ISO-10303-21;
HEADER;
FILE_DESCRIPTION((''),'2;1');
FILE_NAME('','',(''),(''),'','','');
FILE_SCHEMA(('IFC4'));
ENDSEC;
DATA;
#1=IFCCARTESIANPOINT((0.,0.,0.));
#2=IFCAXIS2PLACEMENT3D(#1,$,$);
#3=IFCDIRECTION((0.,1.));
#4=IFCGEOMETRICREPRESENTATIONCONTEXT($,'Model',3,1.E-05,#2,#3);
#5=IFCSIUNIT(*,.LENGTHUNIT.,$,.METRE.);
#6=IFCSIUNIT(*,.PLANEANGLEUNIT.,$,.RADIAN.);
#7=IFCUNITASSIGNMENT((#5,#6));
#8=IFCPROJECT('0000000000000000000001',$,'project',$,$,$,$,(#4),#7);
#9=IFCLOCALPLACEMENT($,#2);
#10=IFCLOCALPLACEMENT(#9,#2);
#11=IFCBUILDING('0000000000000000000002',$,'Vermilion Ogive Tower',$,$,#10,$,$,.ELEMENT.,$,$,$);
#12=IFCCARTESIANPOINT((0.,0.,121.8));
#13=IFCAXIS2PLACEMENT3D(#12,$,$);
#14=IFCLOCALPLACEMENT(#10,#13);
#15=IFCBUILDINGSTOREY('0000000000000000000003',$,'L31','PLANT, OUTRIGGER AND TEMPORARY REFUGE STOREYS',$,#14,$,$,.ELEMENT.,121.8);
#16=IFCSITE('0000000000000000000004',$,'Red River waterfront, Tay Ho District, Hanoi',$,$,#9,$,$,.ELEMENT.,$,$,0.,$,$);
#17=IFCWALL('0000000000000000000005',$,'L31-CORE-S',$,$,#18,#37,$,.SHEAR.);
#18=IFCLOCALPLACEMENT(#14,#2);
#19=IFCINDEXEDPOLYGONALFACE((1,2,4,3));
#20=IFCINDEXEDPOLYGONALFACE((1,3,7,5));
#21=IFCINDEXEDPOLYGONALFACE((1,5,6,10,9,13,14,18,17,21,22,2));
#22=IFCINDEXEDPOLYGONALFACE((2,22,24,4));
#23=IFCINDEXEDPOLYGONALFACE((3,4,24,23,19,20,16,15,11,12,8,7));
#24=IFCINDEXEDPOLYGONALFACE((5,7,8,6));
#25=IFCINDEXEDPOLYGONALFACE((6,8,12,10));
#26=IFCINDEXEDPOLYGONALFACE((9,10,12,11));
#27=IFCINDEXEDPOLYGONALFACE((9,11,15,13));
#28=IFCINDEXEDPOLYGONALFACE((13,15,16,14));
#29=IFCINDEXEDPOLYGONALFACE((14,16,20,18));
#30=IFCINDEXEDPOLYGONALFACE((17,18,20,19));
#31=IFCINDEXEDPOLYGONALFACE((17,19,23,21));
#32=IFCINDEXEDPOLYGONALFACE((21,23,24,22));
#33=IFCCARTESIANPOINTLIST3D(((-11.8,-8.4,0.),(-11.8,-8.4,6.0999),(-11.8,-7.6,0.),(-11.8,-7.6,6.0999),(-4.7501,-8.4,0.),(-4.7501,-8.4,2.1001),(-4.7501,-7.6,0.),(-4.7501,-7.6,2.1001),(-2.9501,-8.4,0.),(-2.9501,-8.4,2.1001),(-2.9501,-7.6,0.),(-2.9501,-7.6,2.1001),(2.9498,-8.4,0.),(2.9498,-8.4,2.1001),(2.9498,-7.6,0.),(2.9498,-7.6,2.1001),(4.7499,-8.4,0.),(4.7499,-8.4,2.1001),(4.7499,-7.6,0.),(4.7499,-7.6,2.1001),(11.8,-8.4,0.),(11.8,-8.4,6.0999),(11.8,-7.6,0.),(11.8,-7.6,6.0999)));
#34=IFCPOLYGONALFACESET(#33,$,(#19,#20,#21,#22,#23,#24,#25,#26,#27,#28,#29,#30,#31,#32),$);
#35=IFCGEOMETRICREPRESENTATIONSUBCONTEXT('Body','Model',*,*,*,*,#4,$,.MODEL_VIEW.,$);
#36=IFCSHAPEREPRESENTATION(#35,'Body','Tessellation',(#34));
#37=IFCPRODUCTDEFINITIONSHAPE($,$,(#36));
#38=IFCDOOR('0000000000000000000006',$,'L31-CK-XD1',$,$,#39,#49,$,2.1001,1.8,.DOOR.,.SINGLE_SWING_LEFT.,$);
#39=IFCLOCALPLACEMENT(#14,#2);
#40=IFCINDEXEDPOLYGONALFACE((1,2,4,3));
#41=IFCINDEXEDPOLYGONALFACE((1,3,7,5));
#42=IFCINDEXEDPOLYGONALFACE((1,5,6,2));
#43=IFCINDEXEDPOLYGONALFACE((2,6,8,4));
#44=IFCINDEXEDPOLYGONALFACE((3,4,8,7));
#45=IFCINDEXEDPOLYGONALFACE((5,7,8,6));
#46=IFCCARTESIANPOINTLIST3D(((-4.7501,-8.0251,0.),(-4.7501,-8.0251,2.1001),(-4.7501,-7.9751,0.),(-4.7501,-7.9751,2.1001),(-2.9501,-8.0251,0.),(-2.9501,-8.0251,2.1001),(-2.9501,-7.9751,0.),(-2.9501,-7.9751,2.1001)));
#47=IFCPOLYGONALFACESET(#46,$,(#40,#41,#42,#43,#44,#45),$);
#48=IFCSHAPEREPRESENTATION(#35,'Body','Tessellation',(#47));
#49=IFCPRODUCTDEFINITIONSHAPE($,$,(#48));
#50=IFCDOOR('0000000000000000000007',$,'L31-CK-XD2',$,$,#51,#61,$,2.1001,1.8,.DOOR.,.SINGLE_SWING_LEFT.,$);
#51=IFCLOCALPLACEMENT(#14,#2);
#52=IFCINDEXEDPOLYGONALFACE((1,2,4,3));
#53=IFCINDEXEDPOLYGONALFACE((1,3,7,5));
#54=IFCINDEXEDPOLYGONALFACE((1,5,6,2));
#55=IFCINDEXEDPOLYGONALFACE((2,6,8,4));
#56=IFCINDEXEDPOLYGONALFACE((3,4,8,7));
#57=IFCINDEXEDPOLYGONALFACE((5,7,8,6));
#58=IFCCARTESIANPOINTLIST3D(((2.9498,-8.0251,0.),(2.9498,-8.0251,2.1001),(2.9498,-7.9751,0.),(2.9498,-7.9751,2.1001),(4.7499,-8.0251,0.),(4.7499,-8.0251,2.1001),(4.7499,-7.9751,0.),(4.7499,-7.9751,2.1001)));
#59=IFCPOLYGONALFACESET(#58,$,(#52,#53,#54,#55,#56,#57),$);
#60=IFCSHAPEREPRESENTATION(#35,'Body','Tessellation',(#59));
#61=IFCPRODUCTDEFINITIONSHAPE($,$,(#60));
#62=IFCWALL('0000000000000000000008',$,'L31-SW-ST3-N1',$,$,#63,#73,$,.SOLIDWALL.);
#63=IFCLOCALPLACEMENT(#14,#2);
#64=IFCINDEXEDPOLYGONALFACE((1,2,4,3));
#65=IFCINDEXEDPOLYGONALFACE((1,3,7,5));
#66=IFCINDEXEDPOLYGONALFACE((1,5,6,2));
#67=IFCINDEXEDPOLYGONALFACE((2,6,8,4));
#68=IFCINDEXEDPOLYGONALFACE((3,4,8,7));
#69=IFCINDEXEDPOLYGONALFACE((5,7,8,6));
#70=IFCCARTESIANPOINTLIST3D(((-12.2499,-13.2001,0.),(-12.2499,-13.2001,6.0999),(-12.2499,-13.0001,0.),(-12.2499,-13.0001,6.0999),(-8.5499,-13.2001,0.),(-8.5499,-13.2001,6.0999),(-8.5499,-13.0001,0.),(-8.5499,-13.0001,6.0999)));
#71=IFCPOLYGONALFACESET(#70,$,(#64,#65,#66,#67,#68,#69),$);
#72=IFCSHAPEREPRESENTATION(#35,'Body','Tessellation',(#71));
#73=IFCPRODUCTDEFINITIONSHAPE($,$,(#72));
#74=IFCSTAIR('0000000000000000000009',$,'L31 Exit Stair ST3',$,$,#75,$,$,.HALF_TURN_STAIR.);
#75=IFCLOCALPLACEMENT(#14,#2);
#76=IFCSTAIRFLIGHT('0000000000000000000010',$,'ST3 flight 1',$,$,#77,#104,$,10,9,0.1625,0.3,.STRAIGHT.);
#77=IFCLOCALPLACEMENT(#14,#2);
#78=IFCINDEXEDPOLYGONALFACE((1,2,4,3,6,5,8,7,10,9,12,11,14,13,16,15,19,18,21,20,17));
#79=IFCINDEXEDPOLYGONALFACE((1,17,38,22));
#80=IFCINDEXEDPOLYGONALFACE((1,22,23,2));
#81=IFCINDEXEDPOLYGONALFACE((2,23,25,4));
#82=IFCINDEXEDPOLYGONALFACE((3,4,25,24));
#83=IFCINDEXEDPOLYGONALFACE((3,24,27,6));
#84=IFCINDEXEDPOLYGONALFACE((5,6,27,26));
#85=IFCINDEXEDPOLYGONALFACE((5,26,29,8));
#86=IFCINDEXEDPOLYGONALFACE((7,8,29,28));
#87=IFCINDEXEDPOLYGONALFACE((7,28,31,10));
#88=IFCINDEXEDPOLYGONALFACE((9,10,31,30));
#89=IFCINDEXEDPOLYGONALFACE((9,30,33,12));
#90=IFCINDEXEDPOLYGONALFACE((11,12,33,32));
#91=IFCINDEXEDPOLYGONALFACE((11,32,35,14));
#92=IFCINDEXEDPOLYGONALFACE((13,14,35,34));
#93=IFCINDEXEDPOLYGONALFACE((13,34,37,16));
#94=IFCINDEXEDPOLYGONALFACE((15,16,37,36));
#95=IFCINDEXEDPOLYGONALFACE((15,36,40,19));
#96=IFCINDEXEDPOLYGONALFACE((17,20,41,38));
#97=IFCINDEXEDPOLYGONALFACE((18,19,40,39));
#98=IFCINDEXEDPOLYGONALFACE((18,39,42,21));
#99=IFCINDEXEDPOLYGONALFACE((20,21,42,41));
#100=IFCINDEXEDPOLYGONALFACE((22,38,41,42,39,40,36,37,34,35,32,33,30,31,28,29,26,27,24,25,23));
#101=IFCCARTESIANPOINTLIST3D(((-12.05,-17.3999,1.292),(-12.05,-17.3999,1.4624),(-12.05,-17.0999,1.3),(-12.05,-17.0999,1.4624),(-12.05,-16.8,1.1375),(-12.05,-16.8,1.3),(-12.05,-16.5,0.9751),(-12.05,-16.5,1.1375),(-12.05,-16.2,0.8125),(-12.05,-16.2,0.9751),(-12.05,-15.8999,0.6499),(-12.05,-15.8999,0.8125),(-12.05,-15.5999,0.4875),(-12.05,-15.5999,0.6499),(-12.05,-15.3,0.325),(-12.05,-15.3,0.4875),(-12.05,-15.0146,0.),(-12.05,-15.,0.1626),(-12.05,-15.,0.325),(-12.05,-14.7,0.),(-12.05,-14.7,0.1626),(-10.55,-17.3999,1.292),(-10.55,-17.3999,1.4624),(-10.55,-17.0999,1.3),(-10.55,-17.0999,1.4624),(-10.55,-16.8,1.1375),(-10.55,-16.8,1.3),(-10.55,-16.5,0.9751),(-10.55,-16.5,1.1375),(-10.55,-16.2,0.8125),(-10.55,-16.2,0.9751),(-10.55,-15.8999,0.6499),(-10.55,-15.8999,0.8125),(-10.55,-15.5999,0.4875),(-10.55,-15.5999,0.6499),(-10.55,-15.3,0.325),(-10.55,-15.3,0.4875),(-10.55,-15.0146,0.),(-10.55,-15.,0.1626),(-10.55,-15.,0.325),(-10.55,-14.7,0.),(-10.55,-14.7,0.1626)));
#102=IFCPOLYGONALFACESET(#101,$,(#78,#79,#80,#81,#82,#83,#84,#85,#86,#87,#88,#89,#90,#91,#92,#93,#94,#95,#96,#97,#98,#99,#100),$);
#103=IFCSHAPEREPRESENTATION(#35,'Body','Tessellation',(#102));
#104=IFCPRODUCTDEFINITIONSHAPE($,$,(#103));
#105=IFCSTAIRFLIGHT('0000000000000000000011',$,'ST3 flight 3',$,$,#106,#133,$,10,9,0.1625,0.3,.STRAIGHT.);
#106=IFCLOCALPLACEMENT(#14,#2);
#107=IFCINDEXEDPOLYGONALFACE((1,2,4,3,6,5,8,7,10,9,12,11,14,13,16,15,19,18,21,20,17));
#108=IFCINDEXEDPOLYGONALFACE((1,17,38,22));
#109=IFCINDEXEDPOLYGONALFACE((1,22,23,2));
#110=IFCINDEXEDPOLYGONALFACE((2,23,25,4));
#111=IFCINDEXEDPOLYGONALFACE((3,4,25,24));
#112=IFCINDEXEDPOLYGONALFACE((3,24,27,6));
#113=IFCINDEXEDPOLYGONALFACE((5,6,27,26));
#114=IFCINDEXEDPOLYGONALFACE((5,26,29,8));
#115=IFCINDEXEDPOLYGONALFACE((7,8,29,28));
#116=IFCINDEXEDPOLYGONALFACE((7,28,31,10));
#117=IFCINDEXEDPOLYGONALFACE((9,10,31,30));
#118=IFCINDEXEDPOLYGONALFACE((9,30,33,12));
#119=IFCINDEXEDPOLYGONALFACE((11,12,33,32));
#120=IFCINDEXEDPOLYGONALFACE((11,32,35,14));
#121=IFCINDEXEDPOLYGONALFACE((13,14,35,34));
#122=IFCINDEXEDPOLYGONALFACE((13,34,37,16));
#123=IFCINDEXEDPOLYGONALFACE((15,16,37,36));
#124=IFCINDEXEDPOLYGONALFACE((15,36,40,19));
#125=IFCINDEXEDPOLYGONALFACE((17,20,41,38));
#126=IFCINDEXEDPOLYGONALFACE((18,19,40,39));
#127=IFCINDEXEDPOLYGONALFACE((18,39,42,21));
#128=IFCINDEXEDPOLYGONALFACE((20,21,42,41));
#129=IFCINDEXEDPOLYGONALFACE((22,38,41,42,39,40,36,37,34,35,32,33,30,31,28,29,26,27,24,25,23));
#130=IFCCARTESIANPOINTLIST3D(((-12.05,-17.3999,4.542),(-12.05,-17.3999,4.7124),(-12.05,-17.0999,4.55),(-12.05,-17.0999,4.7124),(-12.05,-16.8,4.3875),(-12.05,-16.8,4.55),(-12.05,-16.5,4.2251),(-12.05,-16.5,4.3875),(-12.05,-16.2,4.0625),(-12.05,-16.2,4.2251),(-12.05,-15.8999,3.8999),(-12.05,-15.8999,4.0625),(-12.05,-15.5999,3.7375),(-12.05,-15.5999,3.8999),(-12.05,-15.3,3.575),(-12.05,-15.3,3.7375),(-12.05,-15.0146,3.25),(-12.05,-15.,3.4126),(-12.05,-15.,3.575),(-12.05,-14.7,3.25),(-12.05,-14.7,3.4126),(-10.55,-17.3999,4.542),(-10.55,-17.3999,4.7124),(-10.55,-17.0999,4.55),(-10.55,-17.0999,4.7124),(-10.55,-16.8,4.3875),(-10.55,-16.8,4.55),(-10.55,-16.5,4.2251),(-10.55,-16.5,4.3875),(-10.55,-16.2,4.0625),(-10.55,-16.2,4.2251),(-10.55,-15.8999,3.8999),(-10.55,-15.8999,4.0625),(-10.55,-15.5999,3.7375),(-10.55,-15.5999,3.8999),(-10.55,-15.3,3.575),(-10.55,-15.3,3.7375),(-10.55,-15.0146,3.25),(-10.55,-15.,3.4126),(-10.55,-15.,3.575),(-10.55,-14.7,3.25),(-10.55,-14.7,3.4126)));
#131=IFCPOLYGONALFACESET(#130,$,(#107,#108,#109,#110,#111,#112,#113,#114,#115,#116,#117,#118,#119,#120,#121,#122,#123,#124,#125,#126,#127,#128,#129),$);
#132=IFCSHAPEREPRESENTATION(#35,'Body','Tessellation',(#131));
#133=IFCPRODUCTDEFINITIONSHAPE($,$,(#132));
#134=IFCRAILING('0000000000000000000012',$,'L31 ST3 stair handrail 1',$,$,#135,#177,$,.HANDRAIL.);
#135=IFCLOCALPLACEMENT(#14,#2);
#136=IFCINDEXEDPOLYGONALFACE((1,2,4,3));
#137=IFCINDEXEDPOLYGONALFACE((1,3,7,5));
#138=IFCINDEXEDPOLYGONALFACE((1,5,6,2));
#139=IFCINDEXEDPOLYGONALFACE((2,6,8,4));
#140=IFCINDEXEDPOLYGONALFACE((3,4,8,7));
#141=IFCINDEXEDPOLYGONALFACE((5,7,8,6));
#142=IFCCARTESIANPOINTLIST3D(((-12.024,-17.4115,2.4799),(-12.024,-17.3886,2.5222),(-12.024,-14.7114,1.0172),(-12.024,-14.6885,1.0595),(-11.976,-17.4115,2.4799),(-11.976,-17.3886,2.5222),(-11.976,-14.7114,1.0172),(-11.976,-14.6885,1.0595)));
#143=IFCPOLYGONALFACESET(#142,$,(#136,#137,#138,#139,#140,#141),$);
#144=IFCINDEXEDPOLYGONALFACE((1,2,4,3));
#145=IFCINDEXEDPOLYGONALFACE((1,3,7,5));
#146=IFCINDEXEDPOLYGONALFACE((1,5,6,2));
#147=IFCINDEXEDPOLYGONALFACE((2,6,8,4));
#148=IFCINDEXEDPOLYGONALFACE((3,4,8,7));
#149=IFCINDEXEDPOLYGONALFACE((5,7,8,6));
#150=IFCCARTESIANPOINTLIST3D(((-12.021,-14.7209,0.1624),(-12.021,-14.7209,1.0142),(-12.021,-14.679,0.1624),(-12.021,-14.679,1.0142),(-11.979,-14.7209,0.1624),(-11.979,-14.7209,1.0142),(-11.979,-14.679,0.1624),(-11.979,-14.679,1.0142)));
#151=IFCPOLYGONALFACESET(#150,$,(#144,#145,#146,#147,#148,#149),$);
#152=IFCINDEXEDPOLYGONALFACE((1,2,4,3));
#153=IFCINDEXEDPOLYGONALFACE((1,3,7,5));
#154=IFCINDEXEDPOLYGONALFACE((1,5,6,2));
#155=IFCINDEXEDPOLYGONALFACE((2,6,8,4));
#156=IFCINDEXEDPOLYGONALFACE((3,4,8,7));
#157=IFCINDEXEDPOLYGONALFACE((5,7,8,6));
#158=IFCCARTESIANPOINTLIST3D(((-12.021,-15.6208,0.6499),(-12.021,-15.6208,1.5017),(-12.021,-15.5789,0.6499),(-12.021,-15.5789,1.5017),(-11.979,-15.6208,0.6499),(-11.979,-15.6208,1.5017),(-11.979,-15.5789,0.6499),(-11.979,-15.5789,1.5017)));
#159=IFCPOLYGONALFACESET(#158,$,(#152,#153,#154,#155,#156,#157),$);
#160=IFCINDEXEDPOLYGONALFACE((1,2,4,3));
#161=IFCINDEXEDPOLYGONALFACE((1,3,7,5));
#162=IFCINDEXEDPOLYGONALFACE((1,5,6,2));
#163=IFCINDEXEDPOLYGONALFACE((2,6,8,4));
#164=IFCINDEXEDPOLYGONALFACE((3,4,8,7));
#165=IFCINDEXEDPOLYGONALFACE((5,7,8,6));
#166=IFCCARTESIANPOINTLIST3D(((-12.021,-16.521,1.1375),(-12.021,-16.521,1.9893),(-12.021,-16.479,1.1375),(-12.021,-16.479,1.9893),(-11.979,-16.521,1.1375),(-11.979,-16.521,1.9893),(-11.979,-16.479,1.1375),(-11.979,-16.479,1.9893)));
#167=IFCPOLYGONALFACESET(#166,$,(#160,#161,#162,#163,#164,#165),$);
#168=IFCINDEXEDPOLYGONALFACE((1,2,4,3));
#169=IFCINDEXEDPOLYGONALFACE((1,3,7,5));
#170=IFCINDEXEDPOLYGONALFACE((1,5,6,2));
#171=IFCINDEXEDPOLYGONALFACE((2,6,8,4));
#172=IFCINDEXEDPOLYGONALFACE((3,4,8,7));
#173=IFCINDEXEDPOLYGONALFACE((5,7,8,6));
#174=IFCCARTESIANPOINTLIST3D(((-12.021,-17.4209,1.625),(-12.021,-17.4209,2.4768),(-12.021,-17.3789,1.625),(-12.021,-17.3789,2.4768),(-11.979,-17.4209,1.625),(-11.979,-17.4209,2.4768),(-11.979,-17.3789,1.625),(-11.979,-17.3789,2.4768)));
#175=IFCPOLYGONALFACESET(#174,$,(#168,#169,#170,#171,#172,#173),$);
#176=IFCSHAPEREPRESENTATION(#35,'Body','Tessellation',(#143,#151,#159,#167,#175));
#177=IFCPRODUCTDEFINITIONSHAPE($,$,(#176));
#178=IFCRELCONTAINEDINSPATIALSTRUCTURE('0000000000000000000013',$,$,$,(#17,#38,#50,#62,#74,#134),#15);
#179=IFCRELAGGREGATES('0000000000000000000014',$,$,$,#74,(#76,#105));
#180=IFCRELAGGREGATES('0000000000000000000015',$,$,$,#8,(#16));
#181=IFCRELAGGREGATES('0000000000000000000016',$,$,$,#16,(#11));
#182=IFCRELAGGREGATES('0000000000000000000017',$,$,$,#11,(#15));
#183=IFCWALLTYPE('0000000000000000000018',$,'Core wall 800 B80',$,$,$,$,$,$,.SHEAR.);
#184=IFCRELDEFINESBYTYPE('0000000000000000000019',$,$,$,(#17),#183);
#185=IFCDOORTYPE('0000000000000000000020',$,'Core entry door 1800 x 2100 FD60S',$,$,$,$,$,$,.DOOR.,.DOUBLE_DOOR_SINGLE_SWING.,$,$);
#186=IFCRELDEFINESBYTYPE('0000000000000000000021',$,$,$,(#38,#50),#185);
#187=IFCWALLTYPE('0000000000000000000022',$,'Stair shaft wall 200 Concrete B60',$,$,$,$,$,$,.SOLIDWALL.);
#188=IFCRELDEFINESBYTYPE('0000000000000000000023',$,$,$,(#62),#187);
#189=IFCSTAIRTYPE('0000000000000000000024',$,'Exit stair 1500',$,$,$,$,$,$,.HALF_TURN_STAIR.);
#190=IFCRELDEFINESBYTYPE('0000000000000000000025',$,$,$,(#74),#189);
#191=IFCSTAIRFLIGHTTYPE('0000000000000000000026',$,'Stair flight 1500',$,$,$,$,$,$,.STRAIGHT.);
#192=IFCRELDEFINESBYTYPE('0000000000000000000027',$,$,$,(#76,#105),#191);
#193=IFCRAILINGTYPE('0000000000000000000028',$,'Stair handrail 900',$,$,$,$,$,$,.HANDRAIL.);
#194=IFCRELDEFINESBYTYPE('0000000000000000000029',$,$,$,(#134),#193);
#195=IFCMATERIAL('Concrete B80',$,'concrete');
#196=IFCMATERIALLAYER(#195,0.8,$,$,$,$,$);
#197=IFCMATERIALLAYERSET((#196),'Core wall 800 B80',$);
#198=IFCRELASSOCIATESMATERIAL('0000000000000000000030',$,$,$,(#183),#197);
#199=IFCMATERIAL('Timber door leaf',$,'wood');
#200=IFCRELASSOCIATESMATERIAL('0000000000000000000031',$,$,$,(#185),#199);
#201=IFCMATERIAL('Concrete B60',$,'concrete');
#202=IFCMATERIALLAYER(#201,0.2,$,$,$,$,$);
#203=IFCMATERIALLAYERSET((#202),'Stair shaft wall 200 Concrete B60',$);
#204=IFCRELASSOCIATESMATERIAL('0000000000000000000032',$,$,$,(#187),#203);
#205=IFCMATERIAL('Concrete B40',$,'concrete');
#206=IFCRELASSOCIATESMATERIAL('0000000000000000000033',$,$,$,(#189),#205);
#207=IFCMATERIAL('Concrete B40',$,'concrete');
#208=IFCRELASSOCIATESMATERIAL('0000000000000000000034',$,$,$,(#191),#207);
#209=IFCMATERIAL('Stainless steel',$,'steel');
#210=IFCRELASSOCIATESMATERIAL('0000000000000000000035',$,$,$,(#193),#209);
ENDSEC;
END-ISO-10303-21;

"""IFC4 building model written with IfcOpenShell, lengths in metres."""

from ifc_helpers import new_model, si_unit, direction, frame, frame_2d, origin, origin_2d, place, context, subcontext, project, spatial, polyline, rectangle, outline, extrude, material, layer, layer_set, type_object, element, fill, aggregate, save


model = new_model("IFC4")

# Units and contexts
model_context = context("Model", 3, precision=1e-05, world=origin(), true_north=direction((0.0, 1.0)))
body_context = subcontext(model_context, "Body", "Model", "MODEL_VIEW")
ifc_project = project(units=[si_unit("LENGTHUNIT", "METRE"), si_unit("PLANEANGLEUNIT", "RADIAN")], contexts=[model_context])

# Site, building, storey
site_placement = place(None, origin())
site = spatial("IfcSite", under=ifc_project, at=site_placement, Name="Red River waterfront, Tay Ho District, Hanoi", CompositionType="ELEMENT", RefElevation=0.0)
building_placement = place(site_placement, origin())
building = spatial("IfcBuilding", under=site, at=building_placement, Name="Vermilion Ogive Tower", CompositionType="ELEMENT")
storey_placement = place(building_placement, frame((0.0, 0.0, 121.8)))
storey = spatial("IfcBuildingStorey", under=building, at=storey_placement, Name="L31", Description="PLANT, OUTRIGGER AND TEMPORARY REFUGE STOREYS", CompositionType="ELEMENT", Elevation=121.8)

# Wall, openings, doors
ifc_material_1 = material(Name="Concrete B80", Category="concrete")
ifc_layer_1 = layer(ifc_material_1, 0.8)
ifc_layer_set_1 = layer_set([ifc_layer_1], Name="Core wall 800 B80")
wall_type_1 = type_object("IfcWallType", Name="Core wall 800 B80", PredefinedType="SHEAR", material=ifc_layer_set_1)
wall_1_placement = place(storey_placement, frame((-11.8, -8.0, 0.0), z_axis=(0.0, 0.0, 1.0), x_axis=(1.0, 0.0, 0.0)))
wall_1 = element("IfcWall", 1, at=wall_1_placement, inside=storey, type_object=wall_type_1, Name="L31-CORE-S", PredefinedType="SHEAR", context=body_context, shape_type="SweptSolid", body=[
    extrude(rectangle(XDim=23.6001, YDim=0.8, at=frame_2d((11.8, 0.0))), origin(), (0.0, 0.0, 1.0), 6.0999),
])
opening_1_placement = place(wall_1_placement, frame((7.05, 0.0, 0.0)))
opening_1 = element("IfcOpeningElement", 2, at=opening_1_placement, cuts=wall_1, PredefinedType="OPENING", context=body_context, shape_type="SweptSolid", body=[
    extrude(rectangle(XDim=1.8, YDim=2.1001, at=frame_2d((0.8999, 1.05))), frame((0.0, 0.4099, 0.0), z_axis=(0.0, -1.0, 0.0), x_axis=(1.0, 0.0, 0.0)), (0.0, 0.0, 1.0), 0.8201),
])
opening_2_placement = place(wall_1_placement, frame((14.75, 0.0, 0.0)))
opening_2 = element("IfcOpeningElement", 3, at=opening_2_placement, cuts=wall_1, PredefinedType="OPENING", context=body_context, shape_type="SweptSolid", body=[
    extrude(rectangle(XDim=1.8, YDim=2.1001, at=frame_2d((0.8999, 1.05))), frame((0.0, 0.4099, 0.0), z_axis=(0.0, -1.0, 0.0), x_axis=(1.0, 0.0, 0.0)), (0.0, 0.0, 1.0), 0.8201),
])
ifc_material_2 = material(Name="Timber door leaf", Category="wood")
door_type_1 = type_object("IfcDoorType", Name="Core entry door 1800 x 2100 FD60S", OperationType="DOUBLE_DOOR_SINGLE_SWING", PredefinedType="DOOR", material=ifc_material_2)
door_1_placement = place(opening_1_placement, origin())
door_1 = element("IfcDoor", 4, at=door_1_placement, inside=storey, type_object=door_type_1, Name="L31-CK-XD1", OperationType="SINGLE_SWING_LEFT", OverallHeight=2.1001, OverallWidth=1.8, PredefinedType="DOOR", context=body_context, shape_type="SweptSolid", body=[
    extrude(rectangle(XDim=1.8, YDim=2.1001, at=frame_2d((0.8999, 1.05))), frame((0.0, 0.0249, 0.0), z_axis=(0.0, -1.0, 0.0), x_axis=(1.0, 0.0, 0.0)), (0.0, 0.0, 1.0), 0.05),
])
fill(opening_1, door_1)
door_2_placement = place(opening_2_placement, origin())
door_2 = element("IfcDoor", 5, at=door_2_placement, inside=storey, type_object=door_type_1, Name="L31-CK-XD2", OperationType="SINGLE_SWING_LEFT", OverallHeight=2.1001, OverallWidth=1.8, PredefinedType="DOOR", context=body_context, shape_type="SweptSolid", body=[
    extrude(rectangle(XDim=1.8, YDim=2.1001, at=frame_2d((0.8999, 1.05))), frame((0.0, 0.0249, 0.0), z_axis=(0.0, -1.0, 0.0), x_axis=(1.0, 0.0, 0.0)), (0.0, 0.0, 1.0), 0.05),
])
fill(opening_2, door_2)

# Wall
ifc_material_3 = material(Name="Concrete B60", Category="concrete")
ifc_layer_2 = layer(ifc_material_3, 0.2)
ifc_layer_set_2 = layer_set([ifc_layer_2], Name="Stair shaft wall 200 Concrete B60")
wall_type_2 = type_object("IfcWallType", Name="Stair shaft wall 200 Concrete B60", PredefinedType="SOLIDWALL", material=ifc_layer_set_2)
wall_2_placement = place(storey_placement, frame((-12.25, -13.1001, 0.0), z_axis=(0.0, 0.0, 1.0), x_axis=(1.0, 0.0, 0.0)))
element("IfcWall", 6, at=wall_2_placement, inside=storey, type_object=wall_type_2, Name="L31-SW-ST3-N1", PredefinedType="SOLIDWALL", context=body_context, shape_type="SweptSolid", body=[
    extrude(rectangle(XDim=3.7, YDim=0.2, at=frame_2d((1.8501, 0.0))), origin(), (0.0, 0.0, 1.0), 6.0999),
])

# Stair, stair flights
ifc_material_4 = material(Name="Concrete B40", Category="concrete")
stair_type = type_object("IfcStairType", Name="Exit stair 1500", PredefinedType="HALF_TURN_STAIR", material=ifc_material_4)
stair_placement = place(storey_placement, origin())
stair = element("IfcStair", 7, at=stair_placement, inside=storey, type_object=stair_type, Name="L31 Exit Stair ST3", PredefinedType="HALF_TURN_STAIR")
ifc_material_5 = material(Name="Concrete B40", Category="concrete")
stair_flight_type = type_object("IfcStairFlightType", Name="Stair flight 1500", PredefinedType="STRAIGHT", material=ifc_material_5)
stair_flight_1_placement = place(storey_placement, frame((-11.3, -14.7, 0.0), z_axis=(0.0, 0.0, 1.0), x_axis=(0.0, -1.0, 0.0)))
stair_flight_1 = element("IfcStairFlight", 8, at=stair_flight_1_placement, type_object=stair_flight_type, Name="ST3 flight 1", NumberOfRisers=10, NumberOfTreads=9, PredefinedType="STRAIGHT", RiserHeight=0.1625, TreadLength=0.3, context=body_context, shape_type="SweptSolid", body=[
    extrude(outline(polyline([(0.0, 0.0), (0.0, 0.1626), (0.3, 0.1626), (0.3, 0.325), (0.6001, 0.325), (0.6001, 0.4875), (0.8999, 0.4875), (0.8999, 0.6499), (1.2, 0.6499), (1.2, 0.8125), (1.5, 0.8125), (1.5, 0.9751), (1.8, 0.9751), (1.8, 1.1375), (2.1001, 1.1375), (2.1001, 1.3), (2.3999, 1.3), (2.3999, 1.4624), (2.7, 1.4624), (2.7, 1.625), (2.7, 1.292), (0.3147, 0.0), (0.0, 0.0)])), frame((0.0, 0.75, 0.0), z_axis=(0.0, -1.0, 0.0), x_axis=(1.0, 0.0, 0.0)), (0.0, 0.0, 1.0), 1.5),
])
stair_flight_2_placement = place(storey_placement, frame((-11.3, -14.7, 3.25), z_axis=(0.0, 0.0, 1.0), x_axis=(0.0, -1.0, 0.0)))
stair_flight_2 = element("IfcStairFlight", 9, at=stair_flight_2_placement, type_object=stair_flight_type, Name="ST3 flight 3", NumberOfRisers=10, NumberOfTreads=9, PredefinedType="STRAIGHT", RiserHeight=0.1625, TreadLength=0.3, context=body_context, shape_type="SweptSolid", body=[
    extrude(outline(polyline([(0.0, 0.0), (0.0, 0.1626), (0.3, 0.1626), (0.3, 0.325), (0.6001, 0.325), (0.6001, 0.4875), (0.8999, 0.4875), (0.8999, 0.6499), (1.2, 0.6499), (1.2, 0.8125), (1.5, 0.8125), (1.5, 0.9751), (1.8, 0.9751), (1.8, 1.1375), (2.1001, 1.1375), (2.1001, 1.3), (2.3999, 1.3), (2.3999, 1.4624), (2.7, 1.4624), (2.7, 1.625), (2.7, 1.292), (0.3147, 0.0), (0.0, 0.0)])), frame((0.0, 0.75, 0.0), z_axis=(0.0, -1.0, 0.0), x_axis=(1.0, 0.0, 0.0)), (0.0, 0.0, 1.0), 1.5),
])
aggregate(stair, [stair_flight_1, stair_flight_2])

# Railing
ifc_material_6 = material(Name="Stainless steel", Category="steel")
railing_type_1 = type_object("IfcRailingType", Name="Stair handrail 900", PredefinedType="HANDRAIL", material=ifc_material_6)
for number, where, name in (
    (10, (-12.0, -14.7, 0.1624), "L31 ST3 stair handrail 1"),
):
    element("IfcRailing", number, at=place(storey_placement, frame(where)), inside=storey, type_object=railing_type_1, Name=name, PredefinedType="HANDRAIL", context=body_context, shape_type="SweptSolid", body=[
        extrude(rectangle(XDim=0.0481, YDim=0.0481, at=origin_2d()), frame((0.0, 0.0, 0.876), z_axis=(0.0, -0.879268, 0.476327), x_axis=(1.0, 0.0, 0.0)), (0.0, 0.0, 1.0), 3.0708),
        extrude(rectangle(XDim=0.042, YDim=0.042, at=origin_2d()), origin(), (0.0, 0.0, 1.0), 0.8518),
        extrude(rectangle(XDim=0.042, YDim=0.042, at=origin_2d()), frame((0.0, -0.8999, 0.4875)), (0.0, 0.0, 1.0), 0.8518),
        extrude(rectangle(XDim=0.042, YDim=0.042, at=origin_2d()), frame((0.0, -1.8, 0.9751)), (0.0, 0.0, 1.0), 0.8518),
        extrude(rectangle(XDim=0.042, YDim=0.042, at=origin_2d()), frame((0.0, -2.7, 1.4626)), (0.0, 0.0, 1.0), 0.8518),
    ])

save(model, "model.ifc")
